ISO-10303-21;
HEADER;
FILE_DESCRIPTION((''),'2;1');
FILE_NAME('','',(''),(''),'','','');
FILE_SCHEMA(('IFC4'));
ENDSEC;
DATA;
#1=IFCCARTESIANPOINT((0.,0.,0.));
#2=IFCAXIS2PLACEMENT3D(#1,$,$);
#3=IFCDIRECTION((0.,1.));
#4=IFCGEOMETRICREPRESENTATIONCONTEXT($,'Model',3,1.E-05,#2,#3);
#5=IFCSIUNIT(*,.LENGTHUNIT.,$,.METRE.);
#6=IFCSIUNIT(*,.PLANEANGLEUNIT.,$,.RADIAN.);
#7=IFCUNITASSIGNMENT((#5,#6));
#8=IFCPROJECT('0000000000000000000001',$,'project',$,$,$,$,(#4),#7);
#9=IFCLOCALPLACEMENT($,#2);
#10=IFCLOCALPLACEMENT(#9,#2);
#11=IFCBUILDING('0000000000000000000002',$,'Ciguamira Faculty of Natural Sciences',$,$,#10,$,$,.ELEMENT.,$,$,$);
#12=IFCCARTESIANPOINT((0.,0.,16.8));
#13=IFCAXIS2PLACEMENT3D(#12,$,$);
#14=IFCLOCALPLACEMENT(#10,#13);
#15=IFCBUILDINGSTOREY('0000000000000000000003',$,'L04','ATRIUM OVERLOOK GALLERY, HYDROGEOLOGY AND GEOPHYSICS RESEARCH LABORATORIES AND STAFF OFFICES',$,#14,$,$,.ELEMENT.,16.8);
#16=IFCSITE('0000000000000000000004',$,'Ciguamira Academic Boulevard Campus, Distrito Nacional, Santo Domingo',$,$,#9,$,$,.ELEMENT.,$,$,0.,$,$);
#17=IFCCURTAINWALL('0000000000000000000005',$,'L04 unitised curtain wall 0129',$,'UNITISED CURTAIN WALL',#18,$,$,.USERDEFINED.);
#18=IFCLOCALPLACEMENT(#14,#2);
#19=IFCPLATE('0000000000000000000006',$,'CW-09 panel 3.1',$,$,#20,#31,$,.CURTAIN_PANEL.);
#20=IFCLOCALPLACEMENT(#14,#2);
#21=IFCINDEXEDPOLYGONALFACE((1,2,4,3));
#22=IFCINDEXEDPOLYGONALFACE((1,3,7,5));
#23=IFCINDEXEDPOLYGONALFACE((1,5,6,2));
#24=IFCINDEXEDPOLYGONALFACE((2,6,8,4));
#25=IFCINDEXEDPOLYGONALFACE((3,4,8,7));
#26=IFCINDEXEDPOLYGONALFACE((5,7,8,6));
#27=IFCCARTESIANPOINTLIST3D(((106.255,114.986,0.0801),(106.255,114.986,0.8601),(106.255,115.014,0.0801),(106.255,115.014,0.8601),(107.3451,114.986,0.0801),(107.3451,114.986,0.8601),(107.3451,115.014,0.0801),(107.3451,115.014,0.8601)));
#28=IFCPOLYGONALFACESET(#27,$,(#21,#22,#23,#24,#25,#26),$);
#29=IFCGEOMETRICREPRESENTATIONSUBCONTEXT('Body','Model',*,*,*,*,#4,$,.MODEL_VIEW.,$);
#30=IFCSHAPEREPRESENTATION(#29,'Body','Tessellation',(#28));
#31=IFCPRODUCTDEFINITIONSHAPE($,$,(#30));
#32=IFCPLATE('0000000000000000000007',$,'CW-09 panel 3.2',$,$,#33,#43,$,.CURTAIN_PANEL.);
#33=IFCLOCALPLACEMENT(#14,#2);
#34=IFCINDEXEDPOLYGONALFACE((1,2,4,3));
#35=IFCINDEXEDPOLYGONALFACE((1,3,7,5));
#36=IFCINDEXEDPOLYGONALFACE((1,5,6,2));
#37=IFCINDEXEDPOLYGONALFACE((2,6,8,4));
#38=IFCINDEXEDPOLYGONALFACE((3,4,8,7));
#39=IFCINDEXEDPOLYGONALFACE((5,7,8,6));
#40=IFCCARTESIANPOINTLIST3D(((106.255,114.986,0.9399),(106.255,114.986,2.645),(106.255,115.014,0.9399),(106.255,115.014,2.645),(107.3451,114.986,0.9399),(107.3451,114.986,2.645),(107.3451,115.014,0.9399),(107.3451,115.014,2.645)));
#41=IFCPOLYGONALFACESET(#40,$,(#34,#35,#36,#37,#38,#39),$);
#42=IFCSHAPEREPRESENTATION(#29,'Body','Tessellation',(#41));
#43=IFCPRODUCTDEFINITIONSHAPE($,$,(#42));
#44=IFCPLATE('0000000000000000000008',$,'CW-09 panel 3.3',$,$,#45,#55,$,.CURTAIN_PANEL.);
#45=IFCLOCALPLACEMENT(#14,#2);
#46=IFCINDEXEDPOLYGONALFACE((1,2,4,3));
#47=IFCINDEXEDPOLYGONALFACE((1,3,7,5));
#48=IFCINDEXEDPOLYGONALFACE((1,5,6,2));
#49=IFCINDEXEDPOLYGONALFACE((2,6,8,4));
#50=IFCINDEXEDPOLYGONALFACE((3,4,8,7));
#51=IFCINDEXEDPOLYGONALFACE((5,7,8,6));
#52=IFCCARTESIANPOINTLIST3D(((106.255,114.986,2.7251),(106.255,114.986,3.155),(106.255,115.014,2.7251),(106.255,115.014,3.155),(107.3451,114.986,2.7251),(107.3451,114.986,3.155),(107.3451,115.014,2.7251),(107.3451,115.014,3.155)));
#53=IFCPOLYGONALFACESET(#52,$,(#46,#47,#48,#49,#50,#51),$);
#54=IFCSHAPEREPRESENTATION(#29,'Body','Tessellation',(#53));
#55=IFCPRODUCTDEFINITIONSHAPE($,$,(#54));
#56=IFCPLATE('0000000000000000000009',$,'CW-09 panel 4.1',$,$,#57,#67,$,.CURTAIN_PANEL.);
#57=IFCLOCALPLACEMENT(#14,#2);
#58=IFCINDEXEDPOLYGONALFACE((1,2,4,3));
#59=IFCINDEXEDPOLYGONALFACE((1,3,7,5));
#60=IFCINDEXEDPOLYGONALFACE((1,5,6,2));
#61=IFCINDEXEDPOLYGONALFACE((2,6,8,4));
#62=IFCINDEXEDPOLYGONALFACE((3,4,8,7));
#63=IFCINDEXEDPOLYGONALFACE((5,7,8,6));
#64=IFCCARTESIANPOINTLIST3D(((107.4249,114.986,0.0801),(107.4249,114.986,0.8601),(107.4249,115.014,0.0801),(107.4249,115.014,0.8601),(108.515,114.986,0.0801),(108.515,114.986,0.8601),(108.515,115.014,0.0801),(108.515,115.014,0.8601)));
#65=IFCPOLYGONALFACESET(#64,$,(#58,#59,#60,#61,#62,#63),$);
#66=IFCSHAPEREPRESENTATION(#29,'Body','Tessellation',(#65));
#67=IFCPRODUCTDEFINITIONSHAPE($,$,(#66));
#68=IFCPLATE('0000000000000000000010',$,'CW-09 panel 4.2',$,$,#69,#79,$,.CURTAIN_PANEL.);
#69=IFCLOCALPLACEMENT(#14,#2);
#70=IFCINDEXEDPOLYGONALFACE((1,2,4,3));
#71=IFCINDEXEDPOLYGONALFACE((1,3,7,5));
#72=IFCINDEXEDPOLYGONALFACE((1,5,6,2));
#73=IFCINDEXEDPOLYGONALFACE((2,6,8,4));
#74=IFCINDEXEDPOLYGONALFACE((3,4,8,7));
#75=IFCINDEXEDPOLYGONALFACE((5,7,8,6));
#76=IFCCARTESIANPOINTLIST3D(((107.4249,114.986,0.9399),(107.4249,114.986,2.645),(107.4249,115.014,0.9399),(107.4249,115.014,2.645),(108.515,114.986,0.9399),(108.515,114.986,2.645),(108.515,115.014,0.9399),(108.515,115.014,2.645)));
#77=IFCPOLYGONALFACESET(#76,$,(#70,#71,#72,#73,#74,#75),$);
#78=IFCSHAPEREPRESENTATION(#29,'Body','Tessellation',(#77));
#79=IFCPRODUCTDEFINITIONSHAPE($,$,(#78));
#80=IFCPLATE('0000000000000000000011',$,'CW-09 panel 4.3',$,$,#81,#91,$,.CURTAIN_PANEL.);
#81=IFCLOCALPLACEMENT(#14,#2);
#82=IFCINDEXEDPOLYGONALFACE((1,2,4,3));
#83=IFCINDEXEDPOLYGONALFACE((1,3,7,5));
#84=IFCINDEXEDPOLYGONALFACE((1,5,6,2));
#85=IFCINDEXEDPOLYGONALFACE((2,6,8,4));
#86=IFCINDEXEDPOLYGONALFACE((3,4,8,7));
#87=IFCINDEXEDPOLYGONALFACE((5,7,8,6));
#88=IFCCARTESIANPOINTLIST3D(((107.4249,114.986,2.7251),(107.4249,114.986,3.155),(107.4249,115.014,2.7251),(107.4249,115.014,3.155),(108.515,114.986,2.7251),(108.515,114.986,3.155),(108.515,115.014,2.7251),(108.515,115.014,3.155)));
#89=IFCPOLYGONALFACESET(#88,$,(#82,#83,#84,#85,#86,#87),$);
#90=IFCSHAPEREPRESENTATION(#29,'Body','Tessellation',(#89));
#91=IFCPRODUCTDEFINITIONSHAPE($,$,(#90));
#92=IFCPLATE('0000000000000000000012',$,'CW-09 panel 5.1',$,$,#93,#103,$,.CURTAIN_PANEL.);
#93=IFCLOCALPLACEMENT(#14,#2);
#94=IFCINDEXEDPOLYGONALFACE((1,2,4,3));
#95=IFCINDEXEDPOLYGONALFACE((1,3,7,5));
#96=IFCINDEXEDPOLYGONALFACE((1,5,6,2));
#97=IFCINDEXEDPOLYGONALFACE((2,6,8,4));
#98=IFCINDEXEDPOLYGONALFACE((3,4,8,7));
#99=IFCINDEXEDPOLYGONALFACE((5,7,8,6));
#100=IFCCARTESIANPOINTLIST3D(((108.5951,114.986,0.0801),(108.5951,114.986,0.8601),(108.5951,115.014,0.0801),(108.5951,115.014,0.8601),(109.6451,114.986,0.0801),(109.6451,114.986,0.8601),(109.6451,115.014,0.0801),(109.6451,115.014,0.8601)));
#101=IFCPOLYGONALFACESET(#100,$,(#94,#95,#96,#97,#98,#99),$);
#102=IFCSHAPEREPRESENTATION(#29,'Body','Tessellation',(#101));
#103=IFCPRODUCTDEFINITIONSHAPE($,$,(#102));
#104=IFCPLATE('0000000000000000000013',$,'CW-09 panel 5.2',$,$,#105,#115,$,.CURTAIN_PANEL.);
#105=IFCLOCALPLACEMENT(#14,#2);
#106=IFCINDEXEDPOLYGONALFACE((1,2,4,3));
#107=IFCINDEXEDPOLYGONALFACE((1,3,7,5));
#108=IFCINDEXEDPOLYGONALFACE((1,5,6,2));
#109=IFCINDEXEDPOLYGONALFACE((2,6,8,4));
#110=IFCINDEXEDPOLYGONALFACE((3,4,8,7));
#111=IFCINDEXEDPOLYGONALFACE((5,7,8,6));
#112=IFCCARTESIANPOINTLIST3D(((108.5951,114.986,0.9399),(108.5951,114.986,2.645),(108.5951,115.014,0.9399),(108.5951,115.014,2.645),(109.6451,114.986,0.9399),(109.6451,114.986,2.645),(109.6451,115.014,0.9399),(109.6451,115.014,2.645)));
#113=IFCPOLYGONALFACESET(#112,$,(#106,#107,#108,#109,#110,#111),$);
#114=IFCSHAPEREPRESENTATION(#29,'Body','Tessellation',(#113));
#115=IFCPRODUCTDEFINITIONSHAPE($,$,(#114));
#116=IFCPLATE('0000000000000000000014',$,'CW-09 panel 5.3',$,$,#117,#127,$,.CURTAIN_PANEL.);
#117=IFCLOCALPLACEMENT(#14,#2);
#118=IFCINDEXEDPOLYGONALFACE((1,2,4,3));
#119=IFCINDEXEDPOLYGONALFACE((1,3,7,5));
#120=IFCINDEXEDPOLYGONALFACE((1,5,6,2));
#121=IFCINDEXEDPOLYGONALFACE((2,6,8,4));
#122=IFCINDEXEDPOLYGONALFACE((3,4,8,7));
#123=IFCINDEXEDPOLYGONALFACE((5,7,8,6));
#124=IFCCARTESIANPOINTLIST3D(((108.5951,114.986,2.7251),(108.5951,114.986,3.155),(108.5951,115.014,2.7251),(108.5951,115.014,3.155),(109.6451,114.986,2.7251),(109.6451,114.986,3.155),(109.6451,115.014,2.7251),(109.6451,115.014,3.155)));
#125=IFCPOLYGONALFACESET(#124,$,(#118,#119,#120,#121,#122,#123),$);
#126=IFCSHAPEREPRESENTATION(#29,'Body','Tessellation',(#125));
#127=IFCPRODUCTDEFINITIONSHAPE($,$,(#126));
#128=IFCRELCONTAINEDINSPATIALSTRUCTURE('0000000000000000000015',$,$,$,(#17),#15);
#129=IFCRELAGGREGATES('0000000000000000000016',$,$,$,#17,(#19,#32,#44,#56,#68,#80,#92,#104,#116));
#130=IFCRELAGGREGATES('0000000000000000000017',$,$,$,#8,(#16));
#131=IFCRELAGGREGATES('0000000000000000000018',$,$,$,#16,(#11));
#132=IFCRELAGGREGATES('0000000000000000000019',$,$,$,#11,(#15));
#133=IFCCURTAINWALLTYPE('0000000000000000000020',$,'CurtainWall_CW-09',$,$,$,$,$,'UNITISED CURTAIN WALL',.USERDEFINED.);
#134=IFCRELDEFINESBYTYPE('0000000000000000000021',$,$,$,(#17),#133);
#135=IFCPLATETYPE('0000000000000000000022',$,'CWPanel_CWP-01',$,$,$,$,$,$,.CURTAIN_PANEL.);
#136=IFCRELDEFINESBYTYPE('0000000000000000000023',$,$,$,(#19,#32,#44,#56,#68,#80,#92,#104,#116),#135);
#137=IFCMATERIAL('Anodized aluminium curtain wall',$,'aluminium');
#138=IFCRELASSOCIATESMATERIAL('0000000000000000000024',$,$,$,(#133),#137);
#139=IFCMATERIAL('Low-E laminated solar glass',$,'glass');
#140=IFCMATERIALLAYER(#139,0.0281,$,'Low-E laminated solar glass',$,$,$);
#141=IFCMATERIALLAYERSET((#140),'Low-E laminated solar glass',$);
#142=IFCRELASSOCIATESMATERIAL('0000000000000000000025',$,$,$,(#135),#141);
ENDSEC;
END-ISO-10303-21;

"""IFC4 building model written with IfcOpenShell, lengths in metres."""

from ifc_helpers import new_model, si_unit, direction, frame, origin, origin_2d, place, context, subcontext, project, spatial, rectangle, extrude, material, layer, layer_set, type_object, element, aggregate, save


model = new_model("IFC4")

# Units and contexts
model_context = context("Model", 3, precision=1e-05, world=origin(), true_north=direction((0.0, 1.0)))
body_context = subcontext(model_context, "Body", "Model", "MODEL_VIEW")
ifc_project = project(units=[si_unit("LENGTHUNIT", "METRE"), si_unit("PLANEANGLEUNIT", "RADIAN")], contexts=[model_context])

# Site, building, storey
site_placement = place(None, origin())
site = spatial("IfcSite", under=ifc_project, at=site_placement, Name="Ciguamira Academic Boulevard Campus, Distrito Nacional, Santo Domingo", CompositionType="ELEMENT", RefElevation=0.0)
building_placement = place(site_placement, origin())
building = spatial("IfcBuilding", under=site, at=building_placement, Name="Ciguamira Faculty of Natural Sciences", CompositionType="ELEMENT")
storey_placement = place(building_placement, frame((0.0, 0.0, 16.8)))
storey = spatial("IfcBuildingStorey", under=building, at=storey_placement, Name="L04", Description="ATRIUM OVERLOOK GALLERY, HYDROGEOLOGY AND GEOPHYSICS RESEARCH LABORATORIES AND STAFF OFFICES", CompositionType="ELEMENT", Elevation=16.8)

# Curtain wall, plates
ifc_material_1 = material(Name="Anodized aluminium curtain wall", Category="aluminium")
curtain_wall_type = type_object("IfcCurtainWallType", Name="CurtainWall_CW-09", ElementType="UNITISED CURTAIN WALL", PredefinedType="USERDEFINED", material=ifc_material_1)
curtain_wall_placement = place(storey_placement, origin())
curtain_wall = element("IfcCurtainWall", 1, at=curtain_wall_placement, inside=storey, type_object=curtain_wall_type, Name="L04 unitised curtain wall 0129", ObjectType="UNITISED CURTAIN WALL", PredefinedType="USERDEFINED")
ifc_material_2 = material(Name="Low-E laminated solar glass", Category="glass")
ifc_layer = layer(ifc_material_2, 0.0281, Name="Low-E laminated solar glass")
ifc_layer_set = layer_set([ifc_layer], Name="Low-E laminated solar glass")
plate_type = type_object("IfcPlateType", Name="CWPanel_CWP-01", PredefinedType="CURTAIN_PANEL", material=ifc_layer_set)
plate_1_placement = place(storey_placement, frame((106.8, 115.0, 0.0801), z_axis=(0.0, 0.0, 1.0), x_axis=(1.0, 0.0, 0.0)))
plate_1 = element("IfcPlate", 2, at=plate_1_placement, type_object=plate_type, Name="CW-09 panel 3.1", PredefinedType="CURTAIN_PANEL", context=body_context, shape_type="SweptSolid", body=[
    extrude(rectangle(XDim=1.0901, YDim=0.0281, at=origin_2d()), origin(), (0.0, 0.0, 1.0), 0.78),
])
plate_2_placement = place(storey_placement, frame((106.8, 115.0, 0.9399), z_axis=(0.0, 0.0, 1.0), x_axis=(1.0, 0.0, 0.0)))
plate_2 = element("IfcPlate", 3, at=plate_2_placement, type_object=plate_type, Name="CW-09 panel 3.2", PredefinedType="CURTAIN_PANEL", context=body_context, shape_type="SweptSolid", body=[
    extrude(rectangle(XDim=1.0901, YDim=0.0281, at=origin_2d()), origin(), (0.0, 0.0, 1.0), 1.7051),
])
plate_3_placement = place(storey_placement, frame((106.8, 115.0, 2.7251), z_axis=(0.0, 0.0, 1.0), x_axis=(1.0, 0.0, 0.0)))
plate_3 = element("IfcPlate", 4, at=plate_3_placement, type_object=plate_type, Name="CW-09 panel 3.3", PredefinedType="CURTAIN_PANEL", context=body_context, shape_type="SweptSolid", body=[
    extrude(rectangle(XDim=1.0901, YDim=0.0281, at=origin_2d()), origin(), (0.0, 0.0, 1.0), 0.4299),
])
plate_4_placement = place(storey_placement, frame((107.97, 115.0, 0.0801), z_axis=(0.0, 0.0, 1.0), x_axis=(1.0, 0.0, 0.0)))
plate_4 = element("IfcPlate", 5, at=plate_4_placement, type_object=plate_type, Name="CW-09 panel 4.1", PredefinedType="CURTAIN_PANEL", context=body_context, shape_type="SweptSolid", body=[
    extrude(rectangle(XDim=1.0901, YDim=0.0281, at=origin_2d()), origin(), (0.0, 0.0, 1.0), 0.78),
])
plate_5_placement = place(storey_placement, frame((107.97, 115.0, 0.9399), z_axis=(0.0, 0.0, 1.0), x_axis=(1.0, 0.0, 0.0)))
plate_5 = element("IfcPlate", 6, at=plate_5_placement, type_object=plate_type, Name="CW-09 panel 4.2", PredefinedType="CURTAIN_PANEL", context=body_context, shape_type="SweptSolid", body=[
    extrude(rectangle(XDim=1.0901, YDim=0.0281, at=origin_2d()), origin(), (0.0, 0.0, 1.0), 1.7051),
])
plate_6_placement = place(storey_placement, frame((107.97, 115.0, 2.7251), z_axis=(0.0, 0.0, 1.0), x_axis=(1.0, 0.0, 0.0)))
plate_6 = element("IfcPlate", 7, at=plate_6_placement, type_object=plate_type, Name="CW-09 panel 4.3", PredefinedType="CURTAIN_PANEL", context=body_context, shape_type="SweptSolid", body=[
    extrude(rectangle(XDim=1.0901, YDim=0.0281, at=origin_2d()), origin(), (0.0, 0.0, 1.0), 0.4299),
])
plate_7_placement = place(storey_placement, frame((109.1201, 115.0, 0.0801), z_axis=(0.0, 0.0, 1.0), x_axis=(1.0, 0.0, 0.0)))
plate_7 = element("IfcPlate", 8, at=plate_7_placement, type_object=plate_type, Name="CW-09 panel 5.1", PredefinedType="CURTAIN_PANEL", context=body_context, shape_type="SweptSolid", body=[
    extrude(rectangle(XDim=1.05, YDim=0.0281, at=origin_2d()), origin(), (0.0, 0.0, 1.0), 0.78),
])
plate_8_placement = place(storey_placement, frame((109.1201, 115.0, 0.9399), z_axis=(0.0, 0.0, 1.0), x_axis=(1.0, 0.0, 0.0)))
plate_8 = element("IfcPlate", 9, at=plate_8_placement, type_object=plate_type, Name="CW-09 panel 5.2", PredefinedType="CURTAIN_PANEL", context=body_context, shape_type="SweptSolid", body=[
    extrude(rectangle(XDim=1.05, YDim=0.0281, at=origin_2d()), origin(), (0.0, 0.0, 1.0), 1.7051),
])
plate_9_placement = place(storey_placement, frame((109.1201, 115.0, 2.7251), z_axis=(0.0, 0.0, 1.0), x_axis=(1.0, 0.0, 0.0)))
plate_9 = element("IfcPlate", 10, at=plate_9_placement, type_object=plate_type, Name="CW-09 panel 5.3", PredefinedType="CURTAIN_PANEL", context=body_context, shape_type="SweptSolid", body=[
    extrude(rectangle(XDim=1.05, YDim=0.0281, at=origin_2d()), origin(), (0.0, 0.0, 1.0), 0.4299),
])
aggregate(curtain_wall, [plate_1, plate_2, plate_3, plate_4, plate_5, plate_6, plate_7, plate_8, plate_9])

save(model, "model.ifc")
